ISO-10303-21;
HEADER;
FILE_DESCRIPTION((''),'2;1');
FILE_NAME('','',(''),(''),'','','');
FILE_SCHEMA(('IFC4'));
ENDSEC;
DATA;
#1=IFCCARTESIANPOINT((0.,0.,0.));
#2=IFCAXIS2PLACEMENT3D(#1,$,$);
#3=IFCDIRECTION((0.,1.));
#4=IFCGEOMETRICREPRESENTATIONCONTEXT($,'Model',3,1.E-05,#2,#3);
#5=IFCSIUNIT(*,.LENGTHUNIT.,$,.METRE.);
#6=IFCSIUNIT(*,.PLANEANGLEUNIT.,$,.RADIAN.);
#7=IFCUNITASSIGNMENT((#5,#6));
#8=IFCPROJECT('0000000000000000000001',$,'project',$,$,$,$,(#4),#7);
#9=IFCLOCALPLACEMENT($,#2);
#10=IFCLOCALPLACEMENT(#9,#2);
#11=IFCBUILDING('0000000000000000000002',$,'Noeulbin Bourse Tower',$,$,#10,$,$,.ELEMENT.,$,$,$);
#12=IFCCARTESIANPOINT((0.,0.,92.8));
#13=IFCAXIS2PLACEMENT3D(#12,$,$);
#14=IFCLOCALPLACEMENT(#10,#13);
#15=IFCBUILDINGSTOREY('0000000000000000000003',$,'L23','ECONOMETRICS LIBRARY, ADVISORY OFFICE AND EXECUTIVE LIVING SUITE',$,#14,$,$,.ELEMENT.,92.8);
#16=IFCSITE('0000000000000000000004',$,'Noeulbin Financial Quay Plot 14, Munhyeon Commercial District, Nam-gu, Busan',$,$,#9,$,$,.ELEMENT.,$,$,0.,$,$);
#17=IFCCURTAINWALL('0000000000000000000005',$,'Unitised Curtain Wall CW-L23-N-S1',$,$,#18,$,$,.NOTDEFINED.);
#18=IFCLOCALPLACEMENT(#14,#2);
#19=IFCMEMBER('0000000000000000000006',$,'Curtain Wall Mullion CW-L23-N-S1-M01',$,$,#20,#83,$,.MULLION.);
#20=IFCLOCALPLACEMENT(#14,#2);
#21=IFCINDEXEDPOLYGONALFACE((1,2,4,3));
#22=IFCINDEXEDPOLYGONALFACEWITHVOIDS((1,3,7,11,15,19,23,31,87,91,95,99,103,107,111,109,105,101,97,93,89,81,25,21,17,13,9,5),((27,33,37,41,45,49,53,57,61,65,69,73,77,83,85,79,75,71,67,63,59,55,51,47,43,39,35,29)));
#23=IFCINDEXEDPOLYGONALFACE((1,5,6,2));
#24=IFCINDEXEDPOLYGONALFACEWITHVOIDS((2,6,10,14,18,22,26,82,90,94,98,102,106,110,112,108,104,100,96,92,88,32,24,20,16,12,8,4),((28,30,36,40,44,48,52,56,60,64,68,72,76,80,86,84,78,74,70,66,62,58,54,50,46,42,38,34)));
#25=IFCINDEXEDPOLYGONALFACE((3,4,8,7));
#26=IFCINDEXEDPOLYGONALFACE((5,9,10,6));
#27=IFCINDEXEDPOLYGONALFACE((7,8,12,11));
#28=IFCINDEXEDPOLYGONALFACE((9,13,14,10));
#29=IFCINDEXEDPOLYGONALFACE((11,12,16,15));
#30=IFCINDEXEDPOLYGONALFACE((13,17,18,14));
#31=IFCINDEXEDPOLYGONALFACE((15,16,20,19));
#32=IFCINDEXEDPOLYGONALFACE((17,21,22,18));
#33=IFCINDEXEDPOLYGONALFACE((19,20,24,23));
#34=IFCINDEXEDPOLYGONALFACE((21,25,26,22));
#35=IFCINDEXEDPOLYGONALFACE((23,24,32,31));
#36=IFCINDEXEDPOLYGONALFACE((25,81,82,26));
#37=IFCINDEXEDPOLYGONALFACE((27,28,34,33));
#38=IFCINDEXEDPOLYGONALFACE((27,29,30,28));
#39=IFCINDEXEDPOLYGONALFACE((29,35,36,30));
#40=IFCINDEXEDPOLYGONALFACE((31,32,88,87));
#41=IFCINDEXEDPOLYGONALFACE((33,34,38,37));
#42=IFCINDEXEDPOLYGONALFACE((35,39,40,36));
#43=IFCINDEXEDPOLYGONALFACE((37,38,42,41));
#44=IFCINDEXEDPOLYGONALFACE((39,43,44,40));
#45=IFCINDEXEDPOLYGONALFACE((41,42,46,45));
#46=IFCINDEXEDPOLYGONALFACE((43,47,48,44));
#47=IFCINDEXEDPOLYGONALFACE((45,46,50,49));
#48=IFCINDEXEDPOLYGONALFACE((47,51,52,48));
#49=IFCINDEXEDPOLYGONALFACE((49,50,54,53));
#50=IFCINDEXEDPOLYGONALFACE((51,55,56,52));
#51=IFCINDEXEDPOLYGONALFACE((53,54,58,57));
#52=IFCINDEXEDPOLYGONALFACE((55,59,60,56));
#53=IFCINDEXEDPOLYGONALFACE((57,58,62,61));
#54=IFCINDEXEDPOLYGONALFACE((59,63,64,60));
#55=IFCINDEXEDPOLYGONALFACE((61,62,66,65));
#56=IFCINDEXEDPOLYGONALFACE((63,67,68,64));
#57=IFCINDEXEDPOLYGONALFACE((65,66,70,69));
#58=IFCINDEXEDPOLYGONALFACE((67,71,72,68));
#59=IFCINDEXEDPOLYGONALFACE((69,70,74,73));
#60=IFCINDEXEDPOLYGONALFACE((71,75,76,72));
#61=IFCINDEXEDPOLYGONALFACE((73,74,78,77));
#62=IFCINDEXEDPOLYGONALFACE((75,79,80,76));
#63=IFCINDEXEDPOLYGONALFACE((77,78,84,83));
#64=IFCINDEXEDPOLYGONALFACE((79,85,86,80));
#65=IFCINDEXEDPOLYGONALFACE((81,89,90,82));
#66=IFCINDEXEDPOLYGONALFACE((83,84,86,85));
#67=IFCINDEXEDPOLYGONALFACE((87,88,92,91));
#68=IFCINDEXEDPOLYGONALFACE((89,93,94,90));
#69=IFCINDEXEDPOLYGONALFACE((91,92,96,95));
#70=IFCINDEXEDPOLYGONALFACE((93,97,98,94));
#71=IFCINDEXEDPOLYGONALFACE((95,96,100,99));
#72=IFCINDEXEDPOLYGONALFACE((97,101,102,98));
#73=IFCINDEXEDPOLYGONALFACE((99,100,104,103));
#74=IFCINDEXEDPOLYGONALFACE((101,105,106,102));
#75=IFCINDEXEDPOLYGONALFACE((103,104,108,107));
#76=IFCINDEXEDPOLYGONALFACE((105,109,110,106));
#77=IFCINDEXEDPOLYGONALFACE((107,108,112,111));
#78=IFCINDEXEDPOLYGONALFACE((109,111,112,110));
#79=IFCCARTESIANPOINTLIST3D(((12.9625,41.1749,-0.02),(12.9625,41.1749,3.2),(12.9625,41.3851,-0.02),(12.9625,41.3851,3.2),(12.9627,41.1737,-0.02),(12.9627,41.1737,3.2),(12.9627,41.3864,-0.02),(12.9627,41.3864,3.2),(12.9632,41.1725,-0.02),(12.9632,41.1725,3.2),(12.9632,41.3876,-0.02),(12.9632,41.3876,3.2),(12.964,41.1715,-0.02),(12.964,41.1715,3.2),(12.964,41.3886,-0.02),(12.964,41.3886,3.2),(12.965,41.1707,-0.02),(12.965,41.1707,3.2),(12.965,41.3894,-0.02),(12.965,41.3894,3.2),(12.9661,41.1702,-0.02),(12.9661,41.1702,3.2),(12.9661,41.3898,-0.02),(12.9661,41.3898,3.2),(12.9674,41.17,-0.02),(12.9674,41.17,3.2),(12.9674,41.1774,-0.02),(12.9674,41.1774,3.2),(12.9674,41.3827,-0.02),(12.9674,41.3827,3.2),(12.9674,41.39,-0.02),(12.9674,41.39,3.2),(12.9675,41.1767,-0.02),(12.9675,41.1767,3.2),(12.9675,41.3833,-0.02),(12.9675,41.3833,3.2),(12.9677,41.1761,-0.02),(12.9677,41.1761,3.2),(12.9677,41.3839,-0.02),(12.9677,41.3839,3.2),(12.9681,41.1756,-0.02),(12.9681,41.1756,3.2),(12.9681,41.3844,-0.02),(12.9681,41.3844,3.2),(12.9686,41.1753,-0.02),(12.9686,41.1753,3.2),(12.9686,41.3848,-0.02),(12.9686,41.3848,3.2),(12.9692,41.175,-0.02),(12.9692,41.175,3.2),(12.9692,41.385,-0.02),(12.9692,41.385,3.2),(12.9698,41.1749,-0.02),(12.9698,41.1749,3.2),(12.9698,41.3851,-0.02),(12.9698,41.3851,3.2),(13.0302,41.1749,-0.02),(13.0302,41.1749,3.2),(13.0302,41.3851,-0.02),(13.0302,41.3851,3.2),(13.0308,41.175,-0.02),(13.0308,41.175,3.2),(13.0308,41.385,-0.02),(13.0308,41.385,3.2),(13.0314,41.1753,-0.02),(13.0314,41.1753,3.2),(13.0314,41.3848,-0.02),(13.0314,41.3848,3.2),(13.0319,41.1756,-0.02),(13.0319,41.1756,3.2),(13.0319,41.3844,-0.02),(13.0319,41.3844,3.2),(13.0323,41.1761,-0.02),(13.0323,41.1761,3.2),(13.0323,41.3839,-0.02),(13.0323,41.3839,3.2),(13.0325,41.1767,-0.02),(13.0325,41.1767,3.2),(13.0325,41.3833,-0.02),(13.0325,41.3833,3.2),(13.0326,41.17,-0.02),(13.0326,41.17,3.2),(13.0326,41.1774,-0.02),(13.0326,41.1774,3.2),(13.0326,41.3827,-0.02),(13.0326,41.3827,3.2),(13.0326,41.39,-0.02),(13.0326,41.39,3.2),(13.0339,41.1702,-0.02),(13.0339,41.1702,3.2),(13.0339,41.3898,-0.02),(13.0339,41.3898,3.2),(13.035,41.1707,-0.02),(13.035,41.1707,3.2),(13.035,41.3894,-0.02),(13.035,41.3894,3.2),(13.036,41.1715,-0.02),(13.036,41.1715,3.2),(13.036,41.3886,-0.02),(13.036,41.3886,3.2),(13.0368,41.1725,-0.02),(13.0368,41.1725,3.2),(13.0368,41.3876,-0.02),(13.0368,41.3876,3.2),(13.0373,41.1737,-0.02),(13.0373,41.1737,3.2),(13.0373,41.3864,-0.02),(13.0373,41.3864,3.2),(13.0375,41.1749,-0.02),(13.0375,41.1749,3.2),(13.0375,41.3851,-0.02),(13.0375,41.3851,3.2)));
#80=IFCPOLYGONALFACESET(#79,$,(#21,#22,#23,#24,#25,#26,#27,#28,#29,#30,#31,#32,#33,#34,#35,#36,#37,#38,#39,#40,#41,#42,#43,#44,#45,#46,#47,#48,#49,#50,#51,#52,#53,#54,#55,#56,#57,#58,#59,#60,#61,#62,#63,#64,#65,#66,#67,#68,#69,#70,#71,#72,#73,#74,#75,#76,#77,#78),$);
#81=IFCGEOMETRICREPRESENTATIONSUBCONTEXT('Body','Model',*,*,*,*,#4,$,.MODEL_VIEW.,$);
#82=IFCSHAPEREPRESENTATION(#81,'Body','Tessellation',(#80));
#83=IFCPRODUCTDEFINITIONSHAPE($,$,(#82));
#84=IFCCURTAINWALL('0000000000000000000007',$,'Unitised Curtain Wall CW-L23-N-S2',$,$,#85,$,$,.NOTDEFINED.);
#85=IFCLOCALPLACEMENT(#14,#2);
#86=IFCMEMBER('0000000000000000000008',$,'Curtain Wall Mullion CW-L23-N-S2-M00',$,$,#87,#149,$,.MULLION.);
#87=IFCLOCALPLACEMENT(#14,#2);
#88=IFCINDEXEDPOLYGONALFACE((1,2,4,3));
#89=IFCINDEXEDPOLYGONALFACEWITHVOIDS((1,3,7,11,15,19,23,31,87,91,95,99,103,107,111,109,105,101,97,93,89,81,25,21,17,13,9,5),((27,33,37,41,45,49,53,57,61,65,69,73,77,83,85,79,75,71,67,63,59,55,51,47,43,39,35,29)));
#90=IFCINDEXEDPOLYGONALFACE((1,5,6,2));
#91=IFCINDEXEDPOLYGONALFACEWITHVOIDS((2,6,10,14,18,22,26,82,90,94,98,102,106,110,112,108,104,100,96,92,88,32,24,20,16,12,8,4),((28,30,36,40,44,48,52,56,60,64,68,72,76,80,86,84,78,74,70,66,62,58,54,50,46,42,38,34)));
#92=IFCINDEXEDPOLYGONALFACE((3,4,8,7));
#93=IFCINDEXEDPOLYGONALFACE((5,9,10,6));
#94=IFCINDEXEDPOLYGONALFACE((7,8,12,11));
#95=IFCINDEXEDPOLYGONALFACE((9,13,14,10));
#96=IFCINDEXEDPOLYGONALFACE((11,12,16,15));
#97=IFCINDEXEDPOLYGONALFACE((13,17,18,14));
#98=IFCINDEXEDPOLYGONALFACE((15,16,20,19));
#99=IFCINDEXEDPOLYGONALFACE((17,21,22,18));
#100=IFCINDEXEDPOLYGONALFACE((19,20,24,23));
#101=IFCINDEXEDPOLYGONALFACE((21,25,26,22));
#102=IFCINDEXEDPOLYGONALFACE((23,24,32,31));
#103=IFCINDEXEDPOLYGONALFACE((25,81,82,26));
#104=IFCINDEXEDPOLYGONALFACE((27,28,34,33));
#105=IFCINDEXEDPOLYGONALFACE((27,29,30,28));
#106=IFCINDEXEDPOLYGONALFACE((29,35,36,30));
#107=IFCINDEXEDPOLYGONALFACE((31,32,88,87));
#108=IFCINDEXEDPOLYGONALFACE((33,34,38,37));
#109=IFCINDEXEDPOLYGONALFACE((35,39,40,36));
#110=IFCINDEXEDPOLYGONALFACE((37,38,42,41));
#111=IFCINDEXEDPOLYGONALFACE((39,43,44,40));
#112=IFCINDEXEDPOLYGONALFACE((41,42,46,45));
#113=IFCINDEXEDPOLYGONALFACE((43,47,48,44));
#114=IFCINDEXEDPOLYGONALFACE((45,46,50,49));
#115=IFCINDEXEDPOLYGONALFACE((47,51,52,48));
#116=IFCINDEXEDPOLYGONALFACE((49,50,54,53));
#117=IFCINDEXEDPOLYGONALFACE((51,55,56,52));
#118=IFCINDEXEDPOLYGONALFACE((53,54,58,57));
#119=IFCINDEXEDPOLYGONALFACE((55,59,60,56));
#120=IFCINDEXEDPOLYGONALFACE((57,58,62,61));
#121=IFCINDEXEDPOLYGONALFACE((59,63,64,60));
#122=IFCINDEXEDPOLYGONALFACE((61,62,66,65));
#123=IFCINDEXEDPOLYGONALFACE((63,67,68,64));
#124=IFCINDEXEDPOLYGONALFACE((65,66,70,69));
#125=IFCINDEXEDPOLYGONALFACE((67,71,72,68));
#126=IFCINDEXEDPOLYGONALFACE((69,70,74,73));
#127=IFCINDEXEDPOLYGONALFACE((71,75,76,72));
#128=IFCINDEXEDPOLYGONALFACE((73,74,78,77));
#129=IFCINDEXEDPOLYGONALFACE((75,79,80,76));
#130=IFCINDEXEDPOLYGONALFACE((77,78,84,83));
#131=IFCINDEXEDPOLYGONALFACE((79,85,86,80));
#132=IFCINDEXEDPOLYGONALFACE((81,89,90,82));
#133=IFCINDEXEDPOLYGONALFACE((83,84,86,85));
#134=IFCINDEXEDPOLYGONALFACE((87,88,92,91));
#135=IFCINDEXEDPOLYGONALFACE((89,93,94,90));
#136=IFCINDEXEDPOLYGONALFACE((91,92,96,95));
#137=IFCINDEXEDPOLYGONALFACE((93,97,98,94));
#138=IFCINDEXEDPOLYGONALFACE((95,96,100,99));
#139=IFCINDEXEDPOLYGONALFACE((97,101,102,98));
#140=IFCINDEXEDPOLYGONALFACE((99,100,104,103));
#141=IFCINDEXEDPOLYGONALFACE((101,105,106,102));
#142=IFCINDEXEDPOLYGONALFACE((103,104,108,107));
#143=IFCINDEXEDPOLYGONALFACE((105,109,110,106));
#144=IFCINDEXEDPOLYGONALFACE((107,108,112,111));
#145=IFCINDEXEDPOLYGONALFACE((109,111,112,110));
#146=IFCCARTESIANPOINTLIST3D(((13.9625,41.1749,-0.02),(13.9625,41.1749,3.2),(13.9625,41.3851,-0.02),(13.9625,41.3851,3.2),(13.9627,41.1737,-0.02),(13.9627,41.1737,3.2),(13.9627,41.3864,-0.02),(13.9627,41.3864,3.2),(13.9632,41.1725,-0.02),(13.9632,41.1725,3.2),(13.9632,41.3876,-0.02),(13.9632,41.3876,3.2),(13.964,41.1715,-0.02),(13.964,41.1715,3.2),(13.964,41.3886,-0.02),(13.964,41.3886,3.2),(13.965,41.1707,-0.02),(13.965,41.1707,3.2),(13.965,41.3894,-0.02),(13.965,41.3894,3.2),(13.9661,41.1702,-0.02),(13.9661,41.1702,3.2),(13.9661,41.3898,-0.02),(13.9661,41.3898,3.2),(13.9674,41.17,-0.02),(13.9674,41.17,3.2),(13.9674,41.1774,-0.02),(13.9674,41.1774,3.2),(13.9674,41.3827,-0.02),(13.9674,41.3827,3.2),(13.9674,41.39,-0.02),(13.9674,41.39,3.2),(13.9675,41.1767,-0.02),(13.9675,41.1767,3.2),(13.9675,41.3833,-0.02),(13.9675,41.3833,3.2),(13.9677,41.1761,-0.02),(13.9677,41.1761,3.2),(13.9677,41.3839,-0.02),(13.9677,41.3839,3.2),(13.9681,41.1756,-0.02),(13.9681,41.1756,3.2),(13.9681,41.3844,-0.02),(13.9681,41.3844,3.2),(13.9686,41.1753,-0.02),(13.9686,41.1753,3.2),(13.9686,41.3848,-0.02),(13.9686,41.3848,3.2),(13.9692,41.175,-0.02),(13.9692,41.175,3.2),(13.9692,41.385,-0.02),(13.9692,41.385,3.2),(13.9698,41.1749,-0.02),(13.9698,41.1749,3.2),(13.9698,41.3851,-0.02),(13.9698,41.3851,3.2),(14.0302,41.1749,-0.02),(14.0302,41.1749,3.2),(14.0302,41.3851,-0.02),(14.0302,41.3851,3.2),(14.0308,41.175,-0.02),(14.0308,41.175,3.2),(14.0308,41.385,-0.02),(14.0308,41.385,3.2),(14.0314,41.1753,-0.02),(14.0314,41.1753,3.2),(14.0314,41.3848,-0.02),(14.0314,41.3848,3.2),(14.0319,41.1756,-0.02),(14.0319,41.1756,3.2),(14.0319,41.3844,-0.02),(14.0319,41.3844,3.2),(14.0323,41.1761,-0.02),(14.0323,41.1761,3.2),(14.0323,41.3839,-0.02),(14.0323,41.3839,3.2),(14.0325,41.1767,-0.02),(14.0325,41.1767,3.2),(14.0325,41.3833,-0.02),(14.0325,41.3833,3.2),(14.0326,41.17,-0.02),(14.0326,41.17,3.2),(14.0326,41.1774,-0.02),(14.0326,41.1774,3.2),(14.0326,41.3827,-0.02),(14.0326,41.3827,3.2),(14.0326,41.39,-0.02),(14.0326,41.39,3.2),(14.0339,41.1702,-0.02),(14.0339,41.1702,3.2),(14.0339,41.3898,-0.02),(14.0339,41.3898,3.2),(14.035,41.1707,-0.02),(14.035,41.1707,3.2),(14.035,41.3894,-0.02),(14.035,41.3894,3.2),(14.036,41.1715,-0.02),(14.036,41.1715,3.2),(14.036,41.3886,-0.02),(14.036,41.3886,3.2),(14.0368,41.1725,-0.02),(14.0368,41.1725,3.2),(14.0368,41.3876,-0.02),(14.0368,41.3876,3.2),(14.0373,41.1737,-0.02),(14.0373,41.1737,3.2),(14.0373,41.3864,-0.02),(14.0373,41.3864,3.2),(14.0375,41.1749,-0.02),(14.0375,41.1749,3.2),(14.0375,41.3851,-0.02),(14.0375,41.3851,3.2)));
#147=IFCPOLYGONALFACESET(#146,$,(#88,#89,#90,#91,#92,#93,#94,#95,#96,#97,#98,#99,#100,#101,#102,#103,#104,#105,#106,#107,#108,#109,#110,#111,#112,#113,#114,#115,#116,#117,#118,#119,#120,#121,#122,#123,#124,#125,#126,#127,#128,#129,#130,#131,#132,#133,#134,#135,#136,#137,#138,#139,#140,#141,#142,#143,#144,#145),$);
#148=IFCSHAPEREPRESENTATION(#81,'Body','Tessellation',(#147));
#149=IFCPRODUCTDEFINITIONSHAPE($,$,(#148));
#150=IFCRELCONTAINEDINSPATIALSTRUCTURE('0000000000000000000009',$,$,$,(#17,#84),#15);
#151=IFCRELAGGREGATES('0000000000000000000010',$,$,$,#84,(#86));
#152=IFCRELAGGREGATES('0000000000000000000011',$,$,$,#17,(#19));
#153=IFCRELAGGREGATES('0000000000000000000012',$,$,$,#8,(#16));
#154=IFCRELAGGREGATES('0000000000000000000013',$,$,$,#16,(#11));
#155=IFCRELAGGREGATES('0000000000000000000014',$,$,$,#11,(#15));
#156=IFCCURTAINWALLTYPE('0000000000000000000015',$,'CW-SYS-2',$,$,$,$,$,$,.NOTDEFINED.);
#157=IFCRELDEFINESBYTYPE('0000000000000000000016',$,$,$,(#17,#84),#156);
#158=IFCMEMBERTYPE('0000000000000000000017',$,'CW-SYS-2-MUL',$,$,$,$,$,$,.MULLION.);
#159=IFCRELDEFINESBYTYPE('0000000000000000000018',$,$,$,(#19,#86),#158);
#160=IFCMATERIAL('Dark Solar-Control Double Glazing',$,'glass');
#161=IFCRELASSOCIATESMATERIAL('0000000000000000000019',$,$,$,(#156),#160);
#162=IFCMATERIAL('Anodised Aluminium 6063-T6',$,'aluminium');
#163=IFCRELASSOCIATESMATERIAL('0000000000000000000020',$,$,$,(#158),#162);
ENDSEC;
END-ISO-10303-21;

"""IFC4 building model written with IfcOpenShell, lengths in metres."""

from ifc_helpers import new_model, si_unit, direction, frame, origin, origin_2d, place, context, subcontext, project, spatial, hollow_rectangle, extrude, material, material_profile, profile_set, type_object, element, aggregate, save


model = new_model("IFC4")

# Units and contexts
model_context = context("Model", 3, precision=1e-05, world=origin(), true_north=direction((0.0, 1.0)))
body_context = subcontext(model_context, "Body", "Model", "MODEL_VIEW")
ifc_project = project(units=[si_unit("LENGTHUNIT", "METRE"), si_unit("PLANEANGLEUNIT", "RADIAN")], contexts=[model_context])

# Site, building, storey
site_placement = place(None, origin())
site = spatial("IfcSite", under=ifc_project, at=site_placement, Name="Noeulbin Financial Quay Plot 14, Munhyeon Commercial District, Nam-gu, Busan", CompositionType="ELEMENT", RefElevation=0.0)
building_placement = place(site_placement, origin())
building = spatial("IfcBuilding", under=site, at=building_placement, Name="Noeulbin Bourse Tower", CompositionType="ELEMENT")
storey_placement = place(building_placement, frame((0.0, 0.0, 92.8)))
storey = spatial("IfcBuildingStorey", under=building, at=storey_placement, Name="L23", Description="ECONOMETRICS LIBRARY, ADVISORY OFFICE AND EXECUTIVE LIVING SUITE", CompositionType="ELEMENT", Elevation=92.8)

# Curtain wall, member
ifc_material_1 = material(Name="Dark Solar-Control Double Glazing", Category="glass")
curtain_wall_type = type_object("IfcCurtainWallType", Name="CW-SYS-2", PredefinedType="NOTDEFINED", material=ifc_material_1)
curtain_wall_1_placement = place(storey_placement, origin())
curtain_wall_1 = element("IfcCurtainWall", 1, at=curtain_wall_1_placement, inside=storey, type_object=curtain_wall_type, Name="Unitised Curtain Wall CW-L23-N-S1", PredefinedType="NOTDEFINED")
ifc_material_2 = material(Name="Anodised Aluminium 6063-T6", Category="aluminium")
ifc_material_profile_1 = material_profile(ifc_material_2, hollow_rectangle(XDim=0.075, YDim=0.22, WallThickness=0.0049, InnerFilletRadius=0.0024, OuterFilletRadius=0.0049, at=origin_2d()), Name="ALU-MULL-75x220x5", Category="LoadBearing")
ifc_profile_set_1 = profile_set([ifc_material_profile_1], Name="Anodised Aluminium 6063-T6")
member_type_1 = type_object("IfcMemberType", Name="CW-SYS-2-MUL", PredefinedType="MULLION", material=ifc_profile_set_1)
member_1_placement = place(storey_placement, frame((13.0, 41.28, -0.02), z_axis=(0.0, 0.0, 1.0), x_axis=(1.0, 0.0, 0.0)))
member_1 = element("IfcMember", 2, at=member_1_placement, type_object=member_type_1, Name="Curtain Wall Mullion CW-L23-N-S1-M01", PredefinedType="MULLION", context=body_context, shape_type="SweptSolid", body=[
    extrude(hollow_rectangle(XDim=0.075, YDim=0.22, WallThickness=0.0049, InnerFilletRadius=0.0024, OuterFilletRadius=0.0049, at=origin_2d()), origin(), (0.0, 0.0, 1.0), 3.22),
])

# Curtain wall, member
curtain_wall_2_placement = place(storey_placement, origin())
curtain_wall_2 = element("IfcCurtainWall", 3, at=curtain_wall_2_placement, inside=storey, type_object=curtain_wall_type, Name="Unitised Curtain Wall CW-L23-N-S2", PredefinedType="NOTDEFINED")
member_2_placement = place(storey_placement, frame((14.0, 41.28, -0.02), z_axis=(0.0, 0.0, 1.0), x_axis=(1.0, 0.0, 0.0)))
member_2 = element("IfcMember", 4, at=member_2_placement, type_object=member_type_1, Name="Curtain Wall Mullion CW-L23-N-S2-M00", PredefinedType="MULLION", context=body_context, shape_type="SweptSolid", body=[
    extrude(hollow_rectangle(XDim=0.075, YDim=0.22, WallThickness=0.0049, InnerFilletRadius=0.0024, OuterFilletRadius=0.0049, at=origin_2d()), origin(), (0.0, 0.0, 1.0), 3.22),
])

aggregate(curtain_wall_2, [member_2])

aggregate(curtain_wall_1, [member_1])

save(model, "model.ifc")
